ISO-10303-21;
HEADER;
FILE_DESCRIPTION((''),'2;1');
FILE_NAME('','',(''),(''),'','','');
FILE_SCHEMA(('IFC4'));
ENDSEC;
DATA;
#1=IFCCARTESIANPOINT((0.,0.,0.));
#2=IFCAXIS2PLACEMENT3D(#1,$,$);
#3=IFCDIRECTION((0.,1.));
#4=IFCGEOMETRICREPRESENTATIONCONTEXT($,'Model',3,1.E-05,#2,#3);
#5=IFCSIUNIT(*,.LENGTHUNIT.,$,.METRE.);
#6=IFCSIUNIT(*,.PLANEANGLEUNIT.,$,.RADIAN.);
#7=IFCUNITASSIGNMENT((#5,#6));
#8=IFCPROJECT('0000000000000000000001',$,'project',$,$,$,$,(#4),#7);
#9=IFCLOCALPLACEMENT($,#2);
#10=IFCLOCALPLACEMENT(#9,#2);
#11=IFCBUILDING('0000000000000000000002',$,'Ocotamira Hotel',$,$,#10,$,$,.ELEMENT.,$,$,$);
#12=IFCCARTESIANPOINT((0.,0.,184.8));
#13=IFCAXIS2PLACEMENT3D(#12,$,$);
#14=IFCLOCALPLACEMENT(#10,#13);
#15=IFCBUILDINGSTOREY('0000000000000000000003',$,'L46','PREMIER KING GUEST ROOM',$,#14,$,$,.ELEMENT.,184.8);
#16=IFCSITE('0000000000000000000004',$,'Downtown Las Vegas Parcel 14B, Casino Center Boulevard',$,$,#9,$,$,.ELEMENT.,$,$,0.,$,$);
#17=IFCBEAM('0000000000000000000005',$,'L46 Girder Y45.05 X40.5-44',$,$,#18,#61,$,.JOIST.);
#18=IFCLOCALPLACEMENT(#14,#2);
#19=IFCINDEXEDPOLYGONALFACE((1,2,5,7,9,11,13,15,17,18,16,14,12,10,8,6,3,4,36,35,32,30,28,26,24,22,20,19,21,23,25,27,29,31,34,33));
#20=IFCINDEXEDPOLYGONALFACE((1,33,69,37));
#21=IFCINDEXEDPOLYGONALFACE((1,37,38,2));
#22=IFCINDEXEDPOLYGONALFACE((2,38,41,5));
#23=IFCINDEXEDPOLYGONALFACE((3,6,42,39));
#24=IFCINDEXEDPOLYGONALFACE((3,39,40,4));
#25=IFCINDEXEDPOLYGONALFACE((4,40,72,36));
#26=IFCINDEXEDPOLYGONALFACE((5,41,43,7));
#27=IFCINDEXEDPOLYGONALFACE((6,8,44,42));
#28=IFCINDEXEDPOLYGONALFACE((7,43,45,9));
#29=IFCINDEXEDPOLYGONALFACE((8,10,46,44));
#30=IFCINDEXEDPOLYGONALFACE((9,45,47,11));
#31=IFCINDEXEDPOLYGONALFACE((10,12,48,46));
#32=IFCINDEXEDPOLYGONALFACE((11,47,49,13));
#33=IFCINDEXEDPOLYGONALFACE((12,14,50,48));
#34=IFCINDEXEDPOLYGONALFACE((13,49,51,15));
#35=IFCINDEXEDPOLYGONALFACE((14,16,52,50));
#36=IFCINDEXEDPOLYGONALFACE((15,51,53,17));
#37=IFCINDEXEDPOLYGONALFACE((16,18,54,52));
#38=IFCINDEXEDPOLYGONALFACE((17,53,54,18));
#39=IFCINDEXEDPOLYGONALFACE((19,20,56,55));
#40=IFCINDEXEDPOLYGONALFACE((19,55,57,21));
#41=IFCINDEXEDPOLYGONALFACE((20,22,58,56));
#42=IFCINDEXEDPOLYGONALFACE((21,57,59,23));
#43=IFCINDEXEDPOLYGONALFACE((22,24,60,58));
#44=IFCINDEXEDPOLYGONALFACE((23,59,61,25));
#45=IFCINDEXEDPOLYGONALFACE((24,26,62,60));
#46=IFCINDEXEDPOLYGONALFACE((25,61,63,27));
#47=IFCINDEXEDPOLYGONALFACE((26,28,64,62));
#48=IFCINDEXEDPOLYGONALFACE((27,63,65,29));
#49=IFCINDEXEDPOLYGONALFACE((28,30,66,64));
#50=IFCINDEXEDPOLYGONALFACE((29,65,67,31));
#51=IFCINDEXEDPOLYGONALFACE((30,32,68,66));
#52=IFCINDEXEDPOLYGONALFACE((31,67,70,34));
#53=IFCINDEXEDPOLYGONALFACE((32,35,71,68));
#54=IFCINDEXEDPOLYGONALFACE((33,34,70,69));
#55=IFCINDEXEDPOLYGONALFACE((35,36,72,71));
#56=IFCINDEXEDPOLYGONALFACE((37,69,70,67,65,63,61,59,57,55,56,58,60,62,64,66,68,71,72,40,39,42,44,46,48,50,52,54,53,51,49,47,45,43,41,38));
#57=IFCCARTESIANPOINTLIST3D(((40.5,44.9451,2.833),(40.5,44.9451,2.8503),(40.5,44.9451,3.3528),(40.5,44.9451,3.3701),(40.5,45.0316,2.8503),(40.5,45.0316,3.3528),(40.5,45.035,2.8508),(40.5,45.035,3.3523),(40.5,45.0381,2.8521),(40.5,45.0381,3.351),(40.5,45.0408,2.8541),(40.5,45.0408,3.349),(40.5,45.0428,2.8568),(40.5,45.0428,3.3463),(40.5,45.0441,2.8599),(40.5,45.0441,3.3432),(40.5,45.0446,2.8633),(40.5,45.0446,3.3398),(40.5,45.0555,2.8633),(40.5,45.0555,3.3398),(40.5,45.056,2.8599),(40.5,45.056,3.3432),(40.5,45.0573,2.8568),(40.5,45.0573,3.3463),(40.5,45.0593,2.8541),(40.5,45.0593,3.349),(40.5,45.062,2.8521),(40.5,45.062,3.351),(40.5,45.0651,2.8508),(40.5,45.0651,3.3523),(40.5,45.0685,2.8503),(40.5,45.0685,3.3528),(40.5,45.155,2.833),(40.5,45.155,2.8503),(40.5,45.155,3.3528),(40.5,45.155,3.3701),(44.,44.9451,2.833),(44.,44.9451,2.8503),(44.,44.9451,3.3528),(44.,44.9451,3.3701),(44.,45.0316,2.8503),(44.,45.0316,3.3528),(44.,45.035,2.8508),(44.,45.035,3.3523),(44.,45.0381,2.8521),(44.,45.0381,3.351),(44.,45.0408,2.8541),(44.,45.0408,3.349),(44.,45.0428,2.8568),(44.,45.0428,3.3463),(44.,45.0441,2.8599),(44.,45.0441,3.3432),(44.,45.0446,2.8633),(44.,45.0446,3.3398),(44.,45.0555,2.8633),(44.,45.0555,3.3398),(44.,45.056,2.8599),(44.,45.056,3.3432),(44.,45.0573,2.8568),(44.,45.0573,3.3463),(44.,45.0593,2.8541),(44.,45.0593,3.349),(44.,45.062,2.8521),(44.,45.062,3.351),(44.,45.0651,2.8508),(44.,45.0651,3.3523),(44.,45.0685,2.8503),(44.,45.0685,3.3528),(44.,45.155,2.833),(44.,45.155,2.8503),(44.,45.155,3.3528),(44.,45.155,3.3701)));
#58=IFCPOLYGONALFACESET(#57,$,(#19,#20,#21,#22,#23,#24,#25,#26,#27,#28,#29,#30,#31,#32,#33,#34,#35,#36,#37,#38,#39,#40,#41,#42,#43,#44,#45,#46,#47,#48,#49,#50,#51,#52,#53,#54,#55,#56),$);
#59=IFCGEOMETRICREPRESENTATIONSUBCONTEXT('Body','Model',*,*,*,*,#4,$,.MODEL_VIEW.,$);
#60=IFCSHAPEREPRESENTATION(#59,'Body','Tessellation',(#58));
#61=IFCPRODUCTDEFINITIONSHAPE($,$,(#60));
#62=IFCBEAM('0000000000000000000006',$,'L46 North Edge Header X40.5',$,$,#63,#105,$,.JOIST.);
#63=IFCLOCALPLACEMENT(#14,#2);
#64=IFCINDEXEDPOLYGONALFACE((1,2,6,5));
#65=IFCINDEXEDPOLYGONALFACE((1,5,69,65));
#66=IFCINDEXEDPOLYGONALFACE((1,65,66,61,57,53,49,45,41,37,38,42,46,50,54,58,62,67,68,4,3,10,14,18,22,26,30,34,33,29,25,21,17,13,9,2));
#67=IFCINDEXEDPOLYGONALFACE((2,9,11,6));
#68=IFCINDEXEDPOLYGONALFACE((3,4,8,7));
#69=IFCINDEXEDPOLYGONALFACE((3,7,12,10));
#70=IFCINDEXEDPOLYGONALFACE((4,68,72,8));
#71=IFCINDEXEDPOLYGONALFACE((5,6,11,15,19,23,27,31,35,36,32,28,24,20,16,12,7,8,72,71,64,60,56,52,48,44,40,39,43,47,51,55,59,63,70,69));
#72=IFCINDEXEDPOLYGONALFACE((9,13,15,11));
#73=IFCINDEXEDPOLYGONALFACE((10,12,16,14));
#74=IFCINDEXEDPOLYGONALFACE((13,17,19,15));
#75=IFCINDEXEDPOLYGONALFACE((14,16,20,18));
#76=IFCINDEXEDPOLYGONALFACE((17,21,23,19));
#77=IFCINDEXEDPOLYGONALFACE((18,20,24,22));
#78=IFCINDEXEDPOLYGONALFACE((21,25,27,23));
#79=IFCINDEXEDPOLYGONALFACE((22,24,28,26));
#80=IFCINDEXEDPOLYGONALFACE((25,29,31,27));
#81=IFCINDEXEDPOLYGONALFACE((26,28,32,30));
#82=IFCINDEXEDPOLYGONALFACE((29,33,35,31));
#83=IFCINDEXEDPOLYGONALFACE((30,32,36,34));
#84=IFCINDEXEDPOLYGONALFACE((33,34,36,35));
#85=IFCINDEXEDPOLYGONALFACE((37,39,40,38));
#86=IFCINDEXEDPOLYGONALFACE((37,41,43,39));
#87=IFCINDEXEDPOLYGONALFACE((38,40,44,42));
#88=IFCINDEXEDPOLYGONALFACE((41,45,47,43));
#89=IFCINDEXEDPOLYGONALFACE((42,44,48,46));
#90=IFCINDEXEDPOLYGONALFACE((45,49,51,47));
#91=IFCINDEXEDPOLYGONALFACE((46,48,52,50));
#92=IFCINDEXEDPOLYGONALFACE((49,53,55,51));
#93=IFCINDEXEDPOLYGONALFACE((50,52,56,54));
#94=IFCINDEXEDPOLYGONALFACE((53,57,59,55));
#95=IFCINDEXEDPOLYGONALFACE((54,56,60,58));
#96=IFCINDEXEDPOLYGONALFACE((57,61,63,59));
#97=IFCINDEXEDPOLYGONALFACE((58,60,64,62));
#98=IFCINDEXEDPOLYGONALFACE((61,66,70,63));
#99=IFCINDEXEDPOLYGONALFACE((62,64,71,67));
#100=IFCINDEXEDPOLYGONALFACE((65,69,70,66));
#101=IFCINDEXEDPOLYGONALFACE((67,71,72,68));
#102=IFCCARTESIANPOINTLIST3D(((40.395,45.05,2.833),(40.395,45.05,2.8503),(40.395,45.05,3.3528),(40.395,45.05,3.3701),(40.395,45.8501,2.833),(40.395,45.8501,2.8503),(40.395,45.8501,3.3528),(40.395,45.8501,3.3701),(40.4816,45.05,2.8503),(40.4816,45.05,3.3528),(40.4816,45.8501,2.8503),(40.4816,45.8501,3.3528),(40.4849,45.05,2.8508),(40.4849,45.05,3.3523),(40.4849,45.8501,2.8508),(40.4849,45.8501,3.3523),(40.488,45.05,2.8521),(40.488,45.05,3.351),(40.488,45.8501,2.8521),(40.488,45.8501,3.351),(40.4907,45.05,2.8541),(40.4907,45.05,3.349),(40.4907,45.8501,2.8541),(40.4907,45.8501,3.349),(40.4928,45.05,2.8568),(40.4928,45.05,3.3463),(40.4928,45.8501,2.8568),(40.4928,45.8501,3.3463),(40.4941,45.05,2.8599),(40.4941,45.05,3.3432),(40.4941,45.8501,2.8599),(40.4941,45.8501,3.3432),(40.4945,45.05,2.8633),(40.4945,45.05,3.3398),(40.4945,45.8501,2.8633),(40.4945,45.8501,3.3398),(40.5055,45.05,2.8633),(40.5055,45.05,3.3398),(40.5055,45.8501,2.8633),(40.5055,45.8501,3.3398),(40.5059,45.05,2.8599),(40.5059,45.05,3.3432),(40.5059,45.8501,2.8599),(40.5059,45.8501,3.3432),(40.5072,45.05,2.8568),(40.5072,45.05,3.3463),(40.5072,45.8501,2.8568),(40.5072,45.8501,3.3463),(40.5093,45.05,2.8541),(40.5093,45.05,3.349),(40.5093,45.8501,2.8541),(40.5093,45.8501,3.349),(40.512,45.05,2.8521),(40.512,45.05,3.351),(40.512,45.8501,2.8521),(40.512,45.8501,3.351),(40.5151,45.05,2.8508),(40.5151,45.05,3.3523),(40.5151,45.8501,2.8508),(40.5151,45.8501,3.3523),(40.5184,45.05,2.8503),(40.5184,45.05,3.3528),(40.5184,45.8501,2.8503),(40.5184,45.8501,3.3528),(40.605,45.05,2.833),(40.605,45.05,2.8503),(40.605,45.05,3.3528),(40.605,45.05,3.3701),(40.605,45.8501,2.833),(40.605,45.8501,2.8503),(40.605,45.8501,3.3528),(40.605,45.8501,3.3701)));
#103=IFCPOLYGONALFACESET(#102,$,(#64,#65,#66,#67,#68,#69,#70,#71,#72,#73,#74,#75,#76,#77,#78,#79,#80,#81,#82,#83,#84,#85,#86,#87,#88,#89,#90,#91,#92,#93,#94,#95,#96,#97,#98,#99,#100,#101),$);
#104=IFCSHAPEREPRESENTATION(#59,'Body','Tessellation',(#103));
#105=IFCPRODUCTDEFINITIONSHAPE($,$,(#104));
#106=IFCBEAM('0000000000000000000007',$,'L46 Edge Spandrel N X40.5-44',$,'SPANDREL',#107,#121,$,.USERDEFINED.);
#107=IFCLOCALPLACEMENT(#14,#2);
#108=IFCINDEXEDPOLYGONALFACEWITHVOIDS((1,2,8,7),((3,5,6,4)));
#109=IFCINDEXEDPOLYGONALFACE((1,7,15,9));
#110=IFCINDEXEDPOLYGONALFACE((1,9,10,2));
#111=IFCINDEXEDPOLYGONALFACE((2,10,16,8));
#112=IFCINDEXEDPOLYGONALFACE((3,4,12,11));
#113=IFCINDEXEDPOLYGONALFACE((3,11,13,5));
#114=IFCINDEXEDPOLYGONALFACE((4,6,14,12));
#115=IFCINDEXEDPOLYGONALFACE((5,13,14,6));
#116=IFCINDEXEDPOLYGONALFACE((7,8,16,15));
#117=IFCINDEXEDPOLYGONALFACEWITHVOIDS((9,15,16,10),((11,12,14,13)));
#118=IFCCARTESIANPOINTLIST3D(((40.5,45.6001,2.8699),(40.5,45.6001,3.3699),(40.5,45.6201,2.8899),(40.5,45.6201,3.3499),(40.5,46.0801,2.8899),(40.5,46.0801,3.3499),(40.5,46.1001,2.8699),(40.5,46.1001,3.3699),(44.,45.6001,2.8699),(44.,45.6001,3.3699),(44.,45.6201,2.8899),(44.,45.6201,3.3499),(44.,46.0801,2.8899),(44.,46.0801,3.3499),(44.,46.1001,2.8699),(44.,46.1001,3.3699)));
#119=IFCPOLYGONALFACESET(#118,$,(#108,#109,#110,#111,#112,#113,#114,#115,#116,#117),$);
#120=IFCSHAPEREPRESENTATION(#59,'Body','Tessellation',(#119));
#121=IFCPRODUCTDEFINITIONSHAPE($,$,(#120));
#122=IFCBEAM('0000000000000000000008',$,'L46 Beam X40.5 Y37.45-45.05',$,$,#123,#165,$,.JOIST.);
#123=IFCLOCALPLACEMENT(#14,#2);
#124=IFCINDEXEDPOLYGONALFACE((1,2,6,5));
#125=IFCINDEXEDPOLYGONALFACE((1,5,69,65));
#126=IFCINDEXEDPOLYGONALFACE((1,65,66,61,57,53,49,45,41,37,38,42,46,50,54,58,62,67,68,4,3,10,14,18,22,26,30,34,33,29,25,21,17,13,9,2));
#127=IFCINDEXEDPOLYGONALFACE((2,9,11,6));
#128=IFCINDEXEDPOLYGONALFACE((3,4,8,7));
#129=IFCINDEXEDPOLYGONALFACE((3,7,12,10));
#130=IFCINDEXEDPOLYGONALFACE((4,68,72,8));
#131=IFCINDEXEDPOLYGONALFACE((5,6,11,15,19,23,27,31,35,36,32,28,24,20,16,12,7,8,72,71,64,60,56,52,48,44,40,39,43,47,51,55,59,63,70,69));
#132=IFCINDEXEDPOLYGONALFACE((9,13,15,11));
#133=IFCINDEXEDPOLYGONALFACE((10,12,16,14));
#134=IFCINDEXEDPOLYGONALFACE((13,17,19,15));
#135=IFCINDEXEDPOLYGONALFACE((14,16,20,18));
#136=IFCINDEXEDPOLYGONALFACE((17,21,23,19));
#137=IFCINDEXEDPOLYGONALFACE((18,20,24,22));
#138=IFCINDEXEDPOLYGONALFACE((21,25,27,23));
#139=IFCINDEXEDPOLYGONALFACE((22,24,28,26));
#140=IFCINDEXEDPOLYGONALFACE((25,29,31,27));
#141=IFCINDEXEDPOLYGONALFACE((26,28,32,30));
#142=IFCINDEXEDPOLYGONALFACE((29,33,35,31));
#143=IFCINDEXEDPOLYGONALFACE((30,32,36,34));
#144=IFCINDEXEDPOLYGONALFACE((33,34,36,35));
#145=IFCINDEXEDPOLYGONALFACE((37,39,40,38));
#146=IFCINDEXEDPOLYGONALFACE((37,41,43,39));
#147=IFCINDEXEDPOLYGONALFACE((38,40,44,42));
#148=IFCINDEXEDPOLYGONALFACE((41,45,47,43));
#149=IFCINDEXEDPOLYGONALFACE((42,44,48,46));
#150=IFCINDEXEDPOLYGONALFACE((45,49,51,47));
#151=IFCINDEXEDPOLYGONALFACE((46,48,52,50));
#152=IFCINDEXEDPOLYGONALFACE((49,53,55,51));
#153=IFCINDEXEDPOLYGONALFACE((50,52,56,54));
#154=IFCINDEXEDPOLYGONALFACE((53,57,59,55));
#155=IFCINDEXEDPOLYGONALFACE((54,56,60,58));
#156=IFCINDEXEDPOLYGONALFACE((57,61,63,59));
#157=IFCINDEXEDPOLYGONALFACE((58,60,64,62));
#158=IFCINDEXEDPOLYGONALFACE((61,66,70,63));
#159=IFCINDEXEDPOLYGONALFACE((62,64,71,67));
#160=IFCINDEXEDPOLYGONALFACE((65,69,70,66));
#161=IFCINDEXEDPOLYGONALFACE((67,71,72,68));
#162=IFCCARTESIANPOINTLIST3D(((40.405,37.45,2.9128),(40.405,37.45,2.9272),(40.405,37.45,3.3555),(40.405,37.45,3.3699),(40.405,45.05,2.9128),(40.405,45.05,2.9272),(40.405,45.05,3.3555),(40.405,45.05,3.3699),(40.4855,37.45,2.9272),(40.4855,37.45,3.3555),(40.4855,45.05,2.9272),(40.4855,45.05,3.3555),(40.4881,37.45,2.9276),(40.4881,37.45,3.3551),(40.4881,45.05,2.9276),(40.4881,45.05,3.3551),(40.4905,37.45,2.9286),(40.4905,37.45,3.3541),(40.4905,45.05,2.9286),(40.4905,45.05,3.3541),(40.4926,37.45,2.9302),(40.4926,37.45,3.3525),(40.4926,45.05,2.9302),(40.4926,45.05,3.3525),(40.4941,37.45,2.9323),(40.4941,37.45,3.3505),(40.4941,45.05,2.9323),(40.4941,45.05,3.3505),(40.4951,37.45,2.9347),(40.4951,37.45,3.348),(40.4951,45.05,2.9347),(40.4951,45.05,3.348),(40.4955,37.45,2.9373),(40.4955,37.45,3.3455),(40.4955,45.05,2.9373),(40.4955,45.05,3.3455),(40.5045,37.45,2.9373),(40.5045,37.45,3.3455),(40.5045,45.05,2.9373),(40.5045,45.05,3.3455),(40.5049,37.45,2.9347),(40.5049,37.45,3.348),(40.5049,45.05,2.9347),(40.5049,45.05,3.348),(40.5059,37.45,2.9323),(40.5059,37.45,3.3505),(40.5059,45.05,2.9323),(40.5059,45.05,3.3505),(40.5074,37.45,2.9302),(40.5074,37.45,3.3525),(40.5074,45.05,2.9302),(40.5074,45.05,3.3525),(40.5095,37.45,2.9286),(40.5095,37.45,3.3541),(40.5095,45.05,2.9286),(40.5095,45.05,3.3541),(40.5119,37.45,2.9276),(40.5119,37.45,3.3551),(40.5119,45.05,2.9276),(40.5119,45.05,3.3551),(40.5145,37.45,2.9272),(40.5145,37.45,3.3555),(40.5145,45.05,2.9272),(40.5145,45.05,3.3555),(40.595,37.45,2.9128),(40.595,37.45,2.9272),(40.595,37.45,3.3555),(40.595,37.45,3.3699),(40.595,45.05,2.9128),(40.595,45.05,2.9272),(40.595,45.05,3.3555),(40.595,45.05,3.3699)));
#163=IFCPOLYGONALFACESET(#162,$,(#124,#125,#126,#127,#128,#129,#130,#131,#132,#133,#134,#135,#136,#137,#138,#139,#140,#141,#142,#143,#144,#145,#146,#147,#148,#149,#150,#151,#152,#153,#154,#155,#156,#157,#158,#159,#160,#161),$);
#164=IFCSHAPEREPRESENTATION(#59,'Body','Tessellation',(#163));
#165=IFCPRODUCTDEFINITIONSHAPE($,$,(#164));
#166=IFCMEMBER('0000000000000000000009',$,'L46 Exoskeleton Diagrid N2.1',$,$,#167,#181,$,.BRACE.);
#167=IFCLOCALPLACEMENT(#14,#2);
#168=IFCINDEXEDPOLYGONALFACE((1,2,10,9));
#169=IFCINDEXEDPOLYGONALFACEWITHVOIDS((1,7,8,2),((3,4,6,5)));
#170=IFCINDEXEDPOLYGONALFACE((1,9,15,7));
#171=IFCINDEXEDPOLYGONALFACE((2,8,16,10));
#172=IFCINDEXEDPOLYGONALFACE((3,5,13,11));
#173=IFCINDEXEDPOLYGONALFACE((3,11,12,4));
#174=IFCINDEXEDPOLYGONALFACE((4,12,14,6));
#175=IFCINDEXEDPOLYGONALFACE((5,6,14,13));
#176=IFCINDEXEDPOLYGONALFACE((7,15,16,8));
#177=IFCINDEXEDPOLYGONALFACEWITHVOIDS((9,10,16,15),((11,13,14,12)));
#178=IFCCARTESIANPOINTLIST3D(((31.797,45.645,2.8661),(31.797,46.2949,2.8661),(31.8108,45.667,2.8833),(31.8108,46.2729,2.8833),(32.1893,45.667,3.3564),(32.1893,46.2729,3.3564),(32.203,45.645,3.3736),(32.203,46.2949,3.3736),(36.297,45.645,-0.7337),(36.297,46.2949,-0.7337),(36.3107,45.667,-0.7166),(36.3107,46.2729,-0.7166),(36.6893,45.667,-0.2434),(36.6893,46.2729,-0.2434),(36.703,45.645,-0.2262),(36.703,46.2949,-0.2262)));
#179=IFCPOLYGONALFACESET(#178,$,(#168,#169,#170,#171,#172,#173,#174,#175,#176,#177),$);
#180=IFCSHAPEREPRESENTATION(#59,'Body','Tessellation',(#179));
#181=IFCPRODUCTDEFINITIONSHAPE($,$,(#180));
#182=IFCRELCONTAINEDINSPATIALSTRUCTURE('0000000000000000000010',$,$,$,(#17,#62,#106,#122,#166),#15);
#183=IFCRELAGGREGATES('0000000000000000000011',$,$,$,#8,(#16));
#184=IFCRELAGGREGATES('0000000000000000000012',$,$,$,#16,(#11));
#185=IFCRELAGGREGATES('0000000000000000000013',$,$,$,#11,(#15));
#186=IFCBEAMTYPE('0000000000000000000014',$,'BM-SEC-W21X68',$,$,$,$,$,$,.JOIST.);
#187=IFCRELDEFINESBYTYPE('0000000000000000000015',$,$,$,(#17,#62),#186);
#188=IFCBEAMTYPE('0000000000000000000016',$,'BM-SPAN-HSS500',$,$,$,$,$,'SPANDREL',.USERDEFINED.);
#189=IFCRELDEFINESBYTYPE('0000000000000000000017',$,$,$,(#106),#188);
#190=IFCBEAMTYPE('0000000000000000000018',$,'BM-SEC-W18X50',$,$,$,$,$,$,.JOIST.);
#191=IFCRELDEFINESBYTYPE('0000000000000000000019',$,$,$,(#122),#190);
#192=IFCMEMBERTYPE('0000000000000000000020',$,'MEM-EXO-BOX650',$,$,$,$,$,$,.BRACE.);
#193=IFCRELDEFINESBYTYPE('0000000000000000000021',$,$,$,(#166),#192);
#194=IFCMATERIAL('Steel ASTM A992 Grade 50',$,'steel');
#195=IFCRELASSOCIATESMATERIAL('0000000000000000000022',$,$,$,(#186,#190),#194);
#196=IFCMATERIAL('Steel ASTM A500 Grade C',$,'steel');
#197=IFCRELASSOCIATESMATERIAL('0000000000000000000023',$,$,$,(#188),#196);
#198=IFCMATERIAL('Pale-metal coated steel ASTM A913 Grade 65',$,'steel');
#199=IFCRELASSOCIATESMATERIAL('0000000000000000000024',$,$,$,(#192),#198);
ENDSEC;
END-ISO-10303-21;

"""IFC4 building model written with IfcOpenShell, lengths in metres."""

from ifc_helpers import new_model, si_unit, direction, frame, origin, origin_2d, place, context, subcontext, project, spatial, hollow_rectangle, i_section, extrude, source, transform, mapped, material, material_profile, profile_set, type_object, element, save


model = new_model("IFC4")

# Units and contexts
model_context = context("Model", 3, precision=1e-05, world=origin(), true_north=direction((0.0, 1.0)))
body_context = subcontext(model_context, "Body", "Model", "MODEL_VIEW")
ifc_project = project(units=[si_unit("LENGTHUNIT", "METRE"), si_unit("PLANEANGLEUNIT", "RADIAN")], contexts=[model_context])

# Site, building, storey
site_placement = place(None, origin())
site = spatial("IfcSite", under=ifc_project, at=site_placement, Name="Downtown Las Vegas Parcel 14B, Casino Center Boulevard", CompositionType="ELEMENT", RefElevation=0.0)
building_placement = place(site_placement, origin())
building = spatial("IfcBuilding", under=site, at=building_placement, Name="Ocotamira Hotel", CompositionType="ELEMENT")
storey_placement = place(building_placement, frame((0.0, 0.0, 184.8)))
storey = spatial("IfcBuildingStorey", under=building, at=storey_placement, Name="L46", Description="PREMIER KING GUEST ROOM", CompositionType="ELEMENT", Elevation=184.8)

# Beams
ifc_material_1 = material(Name="Steel ASTM A992 Grade 50", Category="steel")
ifc_material_profile_1 = material_profile(ifc_material_1, i_section(OverallWidth=0.21, OverallDepth=0.5371, WebThickness=0.011, FlangeThickness=0.0173, FilletRadius=0.0129, at=origin_2d()), Name="W21X68")
ifc_profile_set_1 = profile_set([ifc_material_profile_1], Name="Steel ASTM A992 Grade 50")
beam_type_1 = type_object("IfcBeamType", Name="BM-SEC-W21X68", PredefinedType="JOIST", material=ifc_profile_set_1)
shared_shape_1 = source(origin(), body_context, "Body", "SweptSolid", [
    extrude(i_section(OverallWidth=0.21, OverallDepth=0.5371, WebThickness=0.011, FlangeThickness=0.0173, FilletRadius=0.0129, at=origin_2d()), origin(), (0.0, 0.0, 1.0), 3.5),
])
beam_1_placement = place(storey_placement, frame((40.5, 45.05, 3.1016), z_axis=(1.0, 0.0, 0.0), x_axis=(0.0, 1.0, 0.0)))
element("IfcBeam", 1, at=beam_1_placement, inside=storey, type_object=beam_type_1, Name="L46 Girder Y45.05 X40.5-44", PredefinedType="JOIST", context=body_context, shape_type="MappedRepresentation", body=[
    mapped(shared_shape_1, transform((0.0, 0.0, 0.0), scale=1.0)),
])
shared_shape_2 = source(origin(), body_context, "Body", "SweptSolid", [
    extrude(i_section(OverallWidth=0.21, OverallDepth=0.5371, WebThickness=0.011, FlangeThickness=0.0173, FilletRadius=0.0129, at=origin_2d()), origin(), (0.0, 0.0, 1.0), 0.8),
])
beam_2_placement = place(storey_placement, frame((40.5, 45.05, 3.1016), z_axis=(0.0, 1.0, 0.0), x_axis=(-1.0, 0.0, 0.0)))
element("IfcBeam", 2, at=beam_2_placement, inside=storey, type_object=beam_type_1, Name="L46 North Edge Header X40.5", PredefinedType="JOIST", context=body_context, shape_type="MappedRepresentation", body=[
    mapped(shared_shape_2, transform((0.0, 0.0, 0.0), scale=1.0)),
])
ifc_material_2 = material(Name="Steel ASTM A500 Grade C", Category="steel")
ifc_material_profile_2 = material_profile(ifc_material_2, hollow_rectangle(XDim=0.5, YDim=0.5, WallThickness=0.02, at=origin_2d()), Name="HSS500X500X20")
ifc_profile_set_2 = profile_set([ifc_material_profile_2], Name="Steel ASTM A500 Grade C")
beam_type_2 = type_object("IfcBeamType", Name="BM-SPAN-HSS500", ElementType="SPANDREL", PredefinedType="USERDEFINED", material=ifc_profile_set_2)
shared_shape_3 = source(origin(), body_context, "Body", "SweptSolid", [
    extrude(hollow_rectangle(XDim=0.5, YDim=0.5, WallThickness=0.02, at=origin_2d()), origin(), (0.0, 0.0, 1.0), 3.5),
])
beam_3_placement = place(storey_placement, frame((40.5, 45.8501, 3.1199), z_axis=(1.0, 0.0, 0.0), x_axis=(0.0, 1.0, 0.0)))
element("IfcBeam", 3, at=beam_3_placement, inside=storey, type_object=beam_type_2, Name="L46 Edge Spandrel N X40.5-44", ObjectType="SPANDREL", PredefinedType="USERDEFINED", context=body_context, shape_type="MappedRepresentation", body=[
    mapped(shared_shape_3, transform((0.0, 0.0, 0.0), scale=1.0)),
])
ifc_material_profile_3 = material_profile(ifc_material_1, i_section(OverallWidth=0.1899, OverallDepth=0.457, WebThickness=0.009, FlangeThickness=0.0144, FilletRadius=0.01, at=origin_2d()), Name="W18X50")
ifc_profile_set_3 = profile_set([ifc_material_profile_3], Name="Steel ASTM A992 Grade 50")
beam_type_3 = type_object("IfcBeamType", Name="BM-SEC-W18X50", PredefinedType="JOIST", material=ifc_profile_set_3)
shared_shape_4 = source(origin(), body_context, "Body", "SweptSolid", [
    extrude(i_section(OverallWidth=0.1899, OverallDepth=0.457, WebThickness=0.009, FlangeThickness=0.0144, FilletRadius=0.01, at=origin_2d()), origin(), (0.0, 0.0, 1.0), 7.6001),
])
beam_4_placement = place(storey_placement, frame((40.5, 37.45, 3.1414), z_axis=(0.0, 1.0, 0.0), x_axis=(-1.0, 0.0, 0.0)))
element("IfcBeam", 4, at=beam_4_placement, inside=storey, type_object=beam_type_3, Name="L46 Beam X40.5 Y37.45-45.05", PredefinedType="JOIST", context=body_context, shape_type="MappedRepresentation", body=[
    mapped(shared_shape_4, transform((0.0, 0.0, 0.0), scale=1.0)),
])

# Member
ifc_material_3 = material(Name="Pale-metal coated steel ASTM A913 Grade 65", Category="steel")
ifc_material_profile_4 = material_profile(ifc_material_3, hollow_rectangle(XDim=0.6499, YDim=0.6499, WallThickness=0.022, at=origin_2d()), Name="BOX650X650X22")
ifc_profile_set_4 = profile_set([ifc_material_profile_4], Name="Pale-metal coated steel ASTM A913 Grade 65")
member_type_1 = type_object("IfcMemberType", Name="MEM-EXO-BOX650", PredefinedType="BRACE", material=ifc_profile_set_4)
shared_shape_5 = source(origin(), body_context, "Body", "SweptSolid", [
    extrude(hollow_rectangle(XDim=0.6499, YDim=0.6499, WallThickness=0.022, at=origin_2d()), origin(), (0.0, 0.0, 1.0), 5.7627),
])
for number, where, z_axis, x_axis, name in (
    (5, (36.5, 45.97, -0.48), (-0.780881, 0.0, 0.62468), (0.0, -1.0, 0.0), "L46 Exoskeleton Diagrid N2.1"),
):
    element("IfcMember", number, at=place(storey_placement, frame(where, z_axis=z_axis, x_axis=x_axis)), inside=storey, type_object=member_type_1, Name=name, PredefinedType="BRACE", context=body_context, shape_type="MappedRepresentation", body=[
        mapped(shared_shape_5, transform((0.0, 0.0, 0.0), scale=1.0)),
    ])

save(model, "model.ifc")
